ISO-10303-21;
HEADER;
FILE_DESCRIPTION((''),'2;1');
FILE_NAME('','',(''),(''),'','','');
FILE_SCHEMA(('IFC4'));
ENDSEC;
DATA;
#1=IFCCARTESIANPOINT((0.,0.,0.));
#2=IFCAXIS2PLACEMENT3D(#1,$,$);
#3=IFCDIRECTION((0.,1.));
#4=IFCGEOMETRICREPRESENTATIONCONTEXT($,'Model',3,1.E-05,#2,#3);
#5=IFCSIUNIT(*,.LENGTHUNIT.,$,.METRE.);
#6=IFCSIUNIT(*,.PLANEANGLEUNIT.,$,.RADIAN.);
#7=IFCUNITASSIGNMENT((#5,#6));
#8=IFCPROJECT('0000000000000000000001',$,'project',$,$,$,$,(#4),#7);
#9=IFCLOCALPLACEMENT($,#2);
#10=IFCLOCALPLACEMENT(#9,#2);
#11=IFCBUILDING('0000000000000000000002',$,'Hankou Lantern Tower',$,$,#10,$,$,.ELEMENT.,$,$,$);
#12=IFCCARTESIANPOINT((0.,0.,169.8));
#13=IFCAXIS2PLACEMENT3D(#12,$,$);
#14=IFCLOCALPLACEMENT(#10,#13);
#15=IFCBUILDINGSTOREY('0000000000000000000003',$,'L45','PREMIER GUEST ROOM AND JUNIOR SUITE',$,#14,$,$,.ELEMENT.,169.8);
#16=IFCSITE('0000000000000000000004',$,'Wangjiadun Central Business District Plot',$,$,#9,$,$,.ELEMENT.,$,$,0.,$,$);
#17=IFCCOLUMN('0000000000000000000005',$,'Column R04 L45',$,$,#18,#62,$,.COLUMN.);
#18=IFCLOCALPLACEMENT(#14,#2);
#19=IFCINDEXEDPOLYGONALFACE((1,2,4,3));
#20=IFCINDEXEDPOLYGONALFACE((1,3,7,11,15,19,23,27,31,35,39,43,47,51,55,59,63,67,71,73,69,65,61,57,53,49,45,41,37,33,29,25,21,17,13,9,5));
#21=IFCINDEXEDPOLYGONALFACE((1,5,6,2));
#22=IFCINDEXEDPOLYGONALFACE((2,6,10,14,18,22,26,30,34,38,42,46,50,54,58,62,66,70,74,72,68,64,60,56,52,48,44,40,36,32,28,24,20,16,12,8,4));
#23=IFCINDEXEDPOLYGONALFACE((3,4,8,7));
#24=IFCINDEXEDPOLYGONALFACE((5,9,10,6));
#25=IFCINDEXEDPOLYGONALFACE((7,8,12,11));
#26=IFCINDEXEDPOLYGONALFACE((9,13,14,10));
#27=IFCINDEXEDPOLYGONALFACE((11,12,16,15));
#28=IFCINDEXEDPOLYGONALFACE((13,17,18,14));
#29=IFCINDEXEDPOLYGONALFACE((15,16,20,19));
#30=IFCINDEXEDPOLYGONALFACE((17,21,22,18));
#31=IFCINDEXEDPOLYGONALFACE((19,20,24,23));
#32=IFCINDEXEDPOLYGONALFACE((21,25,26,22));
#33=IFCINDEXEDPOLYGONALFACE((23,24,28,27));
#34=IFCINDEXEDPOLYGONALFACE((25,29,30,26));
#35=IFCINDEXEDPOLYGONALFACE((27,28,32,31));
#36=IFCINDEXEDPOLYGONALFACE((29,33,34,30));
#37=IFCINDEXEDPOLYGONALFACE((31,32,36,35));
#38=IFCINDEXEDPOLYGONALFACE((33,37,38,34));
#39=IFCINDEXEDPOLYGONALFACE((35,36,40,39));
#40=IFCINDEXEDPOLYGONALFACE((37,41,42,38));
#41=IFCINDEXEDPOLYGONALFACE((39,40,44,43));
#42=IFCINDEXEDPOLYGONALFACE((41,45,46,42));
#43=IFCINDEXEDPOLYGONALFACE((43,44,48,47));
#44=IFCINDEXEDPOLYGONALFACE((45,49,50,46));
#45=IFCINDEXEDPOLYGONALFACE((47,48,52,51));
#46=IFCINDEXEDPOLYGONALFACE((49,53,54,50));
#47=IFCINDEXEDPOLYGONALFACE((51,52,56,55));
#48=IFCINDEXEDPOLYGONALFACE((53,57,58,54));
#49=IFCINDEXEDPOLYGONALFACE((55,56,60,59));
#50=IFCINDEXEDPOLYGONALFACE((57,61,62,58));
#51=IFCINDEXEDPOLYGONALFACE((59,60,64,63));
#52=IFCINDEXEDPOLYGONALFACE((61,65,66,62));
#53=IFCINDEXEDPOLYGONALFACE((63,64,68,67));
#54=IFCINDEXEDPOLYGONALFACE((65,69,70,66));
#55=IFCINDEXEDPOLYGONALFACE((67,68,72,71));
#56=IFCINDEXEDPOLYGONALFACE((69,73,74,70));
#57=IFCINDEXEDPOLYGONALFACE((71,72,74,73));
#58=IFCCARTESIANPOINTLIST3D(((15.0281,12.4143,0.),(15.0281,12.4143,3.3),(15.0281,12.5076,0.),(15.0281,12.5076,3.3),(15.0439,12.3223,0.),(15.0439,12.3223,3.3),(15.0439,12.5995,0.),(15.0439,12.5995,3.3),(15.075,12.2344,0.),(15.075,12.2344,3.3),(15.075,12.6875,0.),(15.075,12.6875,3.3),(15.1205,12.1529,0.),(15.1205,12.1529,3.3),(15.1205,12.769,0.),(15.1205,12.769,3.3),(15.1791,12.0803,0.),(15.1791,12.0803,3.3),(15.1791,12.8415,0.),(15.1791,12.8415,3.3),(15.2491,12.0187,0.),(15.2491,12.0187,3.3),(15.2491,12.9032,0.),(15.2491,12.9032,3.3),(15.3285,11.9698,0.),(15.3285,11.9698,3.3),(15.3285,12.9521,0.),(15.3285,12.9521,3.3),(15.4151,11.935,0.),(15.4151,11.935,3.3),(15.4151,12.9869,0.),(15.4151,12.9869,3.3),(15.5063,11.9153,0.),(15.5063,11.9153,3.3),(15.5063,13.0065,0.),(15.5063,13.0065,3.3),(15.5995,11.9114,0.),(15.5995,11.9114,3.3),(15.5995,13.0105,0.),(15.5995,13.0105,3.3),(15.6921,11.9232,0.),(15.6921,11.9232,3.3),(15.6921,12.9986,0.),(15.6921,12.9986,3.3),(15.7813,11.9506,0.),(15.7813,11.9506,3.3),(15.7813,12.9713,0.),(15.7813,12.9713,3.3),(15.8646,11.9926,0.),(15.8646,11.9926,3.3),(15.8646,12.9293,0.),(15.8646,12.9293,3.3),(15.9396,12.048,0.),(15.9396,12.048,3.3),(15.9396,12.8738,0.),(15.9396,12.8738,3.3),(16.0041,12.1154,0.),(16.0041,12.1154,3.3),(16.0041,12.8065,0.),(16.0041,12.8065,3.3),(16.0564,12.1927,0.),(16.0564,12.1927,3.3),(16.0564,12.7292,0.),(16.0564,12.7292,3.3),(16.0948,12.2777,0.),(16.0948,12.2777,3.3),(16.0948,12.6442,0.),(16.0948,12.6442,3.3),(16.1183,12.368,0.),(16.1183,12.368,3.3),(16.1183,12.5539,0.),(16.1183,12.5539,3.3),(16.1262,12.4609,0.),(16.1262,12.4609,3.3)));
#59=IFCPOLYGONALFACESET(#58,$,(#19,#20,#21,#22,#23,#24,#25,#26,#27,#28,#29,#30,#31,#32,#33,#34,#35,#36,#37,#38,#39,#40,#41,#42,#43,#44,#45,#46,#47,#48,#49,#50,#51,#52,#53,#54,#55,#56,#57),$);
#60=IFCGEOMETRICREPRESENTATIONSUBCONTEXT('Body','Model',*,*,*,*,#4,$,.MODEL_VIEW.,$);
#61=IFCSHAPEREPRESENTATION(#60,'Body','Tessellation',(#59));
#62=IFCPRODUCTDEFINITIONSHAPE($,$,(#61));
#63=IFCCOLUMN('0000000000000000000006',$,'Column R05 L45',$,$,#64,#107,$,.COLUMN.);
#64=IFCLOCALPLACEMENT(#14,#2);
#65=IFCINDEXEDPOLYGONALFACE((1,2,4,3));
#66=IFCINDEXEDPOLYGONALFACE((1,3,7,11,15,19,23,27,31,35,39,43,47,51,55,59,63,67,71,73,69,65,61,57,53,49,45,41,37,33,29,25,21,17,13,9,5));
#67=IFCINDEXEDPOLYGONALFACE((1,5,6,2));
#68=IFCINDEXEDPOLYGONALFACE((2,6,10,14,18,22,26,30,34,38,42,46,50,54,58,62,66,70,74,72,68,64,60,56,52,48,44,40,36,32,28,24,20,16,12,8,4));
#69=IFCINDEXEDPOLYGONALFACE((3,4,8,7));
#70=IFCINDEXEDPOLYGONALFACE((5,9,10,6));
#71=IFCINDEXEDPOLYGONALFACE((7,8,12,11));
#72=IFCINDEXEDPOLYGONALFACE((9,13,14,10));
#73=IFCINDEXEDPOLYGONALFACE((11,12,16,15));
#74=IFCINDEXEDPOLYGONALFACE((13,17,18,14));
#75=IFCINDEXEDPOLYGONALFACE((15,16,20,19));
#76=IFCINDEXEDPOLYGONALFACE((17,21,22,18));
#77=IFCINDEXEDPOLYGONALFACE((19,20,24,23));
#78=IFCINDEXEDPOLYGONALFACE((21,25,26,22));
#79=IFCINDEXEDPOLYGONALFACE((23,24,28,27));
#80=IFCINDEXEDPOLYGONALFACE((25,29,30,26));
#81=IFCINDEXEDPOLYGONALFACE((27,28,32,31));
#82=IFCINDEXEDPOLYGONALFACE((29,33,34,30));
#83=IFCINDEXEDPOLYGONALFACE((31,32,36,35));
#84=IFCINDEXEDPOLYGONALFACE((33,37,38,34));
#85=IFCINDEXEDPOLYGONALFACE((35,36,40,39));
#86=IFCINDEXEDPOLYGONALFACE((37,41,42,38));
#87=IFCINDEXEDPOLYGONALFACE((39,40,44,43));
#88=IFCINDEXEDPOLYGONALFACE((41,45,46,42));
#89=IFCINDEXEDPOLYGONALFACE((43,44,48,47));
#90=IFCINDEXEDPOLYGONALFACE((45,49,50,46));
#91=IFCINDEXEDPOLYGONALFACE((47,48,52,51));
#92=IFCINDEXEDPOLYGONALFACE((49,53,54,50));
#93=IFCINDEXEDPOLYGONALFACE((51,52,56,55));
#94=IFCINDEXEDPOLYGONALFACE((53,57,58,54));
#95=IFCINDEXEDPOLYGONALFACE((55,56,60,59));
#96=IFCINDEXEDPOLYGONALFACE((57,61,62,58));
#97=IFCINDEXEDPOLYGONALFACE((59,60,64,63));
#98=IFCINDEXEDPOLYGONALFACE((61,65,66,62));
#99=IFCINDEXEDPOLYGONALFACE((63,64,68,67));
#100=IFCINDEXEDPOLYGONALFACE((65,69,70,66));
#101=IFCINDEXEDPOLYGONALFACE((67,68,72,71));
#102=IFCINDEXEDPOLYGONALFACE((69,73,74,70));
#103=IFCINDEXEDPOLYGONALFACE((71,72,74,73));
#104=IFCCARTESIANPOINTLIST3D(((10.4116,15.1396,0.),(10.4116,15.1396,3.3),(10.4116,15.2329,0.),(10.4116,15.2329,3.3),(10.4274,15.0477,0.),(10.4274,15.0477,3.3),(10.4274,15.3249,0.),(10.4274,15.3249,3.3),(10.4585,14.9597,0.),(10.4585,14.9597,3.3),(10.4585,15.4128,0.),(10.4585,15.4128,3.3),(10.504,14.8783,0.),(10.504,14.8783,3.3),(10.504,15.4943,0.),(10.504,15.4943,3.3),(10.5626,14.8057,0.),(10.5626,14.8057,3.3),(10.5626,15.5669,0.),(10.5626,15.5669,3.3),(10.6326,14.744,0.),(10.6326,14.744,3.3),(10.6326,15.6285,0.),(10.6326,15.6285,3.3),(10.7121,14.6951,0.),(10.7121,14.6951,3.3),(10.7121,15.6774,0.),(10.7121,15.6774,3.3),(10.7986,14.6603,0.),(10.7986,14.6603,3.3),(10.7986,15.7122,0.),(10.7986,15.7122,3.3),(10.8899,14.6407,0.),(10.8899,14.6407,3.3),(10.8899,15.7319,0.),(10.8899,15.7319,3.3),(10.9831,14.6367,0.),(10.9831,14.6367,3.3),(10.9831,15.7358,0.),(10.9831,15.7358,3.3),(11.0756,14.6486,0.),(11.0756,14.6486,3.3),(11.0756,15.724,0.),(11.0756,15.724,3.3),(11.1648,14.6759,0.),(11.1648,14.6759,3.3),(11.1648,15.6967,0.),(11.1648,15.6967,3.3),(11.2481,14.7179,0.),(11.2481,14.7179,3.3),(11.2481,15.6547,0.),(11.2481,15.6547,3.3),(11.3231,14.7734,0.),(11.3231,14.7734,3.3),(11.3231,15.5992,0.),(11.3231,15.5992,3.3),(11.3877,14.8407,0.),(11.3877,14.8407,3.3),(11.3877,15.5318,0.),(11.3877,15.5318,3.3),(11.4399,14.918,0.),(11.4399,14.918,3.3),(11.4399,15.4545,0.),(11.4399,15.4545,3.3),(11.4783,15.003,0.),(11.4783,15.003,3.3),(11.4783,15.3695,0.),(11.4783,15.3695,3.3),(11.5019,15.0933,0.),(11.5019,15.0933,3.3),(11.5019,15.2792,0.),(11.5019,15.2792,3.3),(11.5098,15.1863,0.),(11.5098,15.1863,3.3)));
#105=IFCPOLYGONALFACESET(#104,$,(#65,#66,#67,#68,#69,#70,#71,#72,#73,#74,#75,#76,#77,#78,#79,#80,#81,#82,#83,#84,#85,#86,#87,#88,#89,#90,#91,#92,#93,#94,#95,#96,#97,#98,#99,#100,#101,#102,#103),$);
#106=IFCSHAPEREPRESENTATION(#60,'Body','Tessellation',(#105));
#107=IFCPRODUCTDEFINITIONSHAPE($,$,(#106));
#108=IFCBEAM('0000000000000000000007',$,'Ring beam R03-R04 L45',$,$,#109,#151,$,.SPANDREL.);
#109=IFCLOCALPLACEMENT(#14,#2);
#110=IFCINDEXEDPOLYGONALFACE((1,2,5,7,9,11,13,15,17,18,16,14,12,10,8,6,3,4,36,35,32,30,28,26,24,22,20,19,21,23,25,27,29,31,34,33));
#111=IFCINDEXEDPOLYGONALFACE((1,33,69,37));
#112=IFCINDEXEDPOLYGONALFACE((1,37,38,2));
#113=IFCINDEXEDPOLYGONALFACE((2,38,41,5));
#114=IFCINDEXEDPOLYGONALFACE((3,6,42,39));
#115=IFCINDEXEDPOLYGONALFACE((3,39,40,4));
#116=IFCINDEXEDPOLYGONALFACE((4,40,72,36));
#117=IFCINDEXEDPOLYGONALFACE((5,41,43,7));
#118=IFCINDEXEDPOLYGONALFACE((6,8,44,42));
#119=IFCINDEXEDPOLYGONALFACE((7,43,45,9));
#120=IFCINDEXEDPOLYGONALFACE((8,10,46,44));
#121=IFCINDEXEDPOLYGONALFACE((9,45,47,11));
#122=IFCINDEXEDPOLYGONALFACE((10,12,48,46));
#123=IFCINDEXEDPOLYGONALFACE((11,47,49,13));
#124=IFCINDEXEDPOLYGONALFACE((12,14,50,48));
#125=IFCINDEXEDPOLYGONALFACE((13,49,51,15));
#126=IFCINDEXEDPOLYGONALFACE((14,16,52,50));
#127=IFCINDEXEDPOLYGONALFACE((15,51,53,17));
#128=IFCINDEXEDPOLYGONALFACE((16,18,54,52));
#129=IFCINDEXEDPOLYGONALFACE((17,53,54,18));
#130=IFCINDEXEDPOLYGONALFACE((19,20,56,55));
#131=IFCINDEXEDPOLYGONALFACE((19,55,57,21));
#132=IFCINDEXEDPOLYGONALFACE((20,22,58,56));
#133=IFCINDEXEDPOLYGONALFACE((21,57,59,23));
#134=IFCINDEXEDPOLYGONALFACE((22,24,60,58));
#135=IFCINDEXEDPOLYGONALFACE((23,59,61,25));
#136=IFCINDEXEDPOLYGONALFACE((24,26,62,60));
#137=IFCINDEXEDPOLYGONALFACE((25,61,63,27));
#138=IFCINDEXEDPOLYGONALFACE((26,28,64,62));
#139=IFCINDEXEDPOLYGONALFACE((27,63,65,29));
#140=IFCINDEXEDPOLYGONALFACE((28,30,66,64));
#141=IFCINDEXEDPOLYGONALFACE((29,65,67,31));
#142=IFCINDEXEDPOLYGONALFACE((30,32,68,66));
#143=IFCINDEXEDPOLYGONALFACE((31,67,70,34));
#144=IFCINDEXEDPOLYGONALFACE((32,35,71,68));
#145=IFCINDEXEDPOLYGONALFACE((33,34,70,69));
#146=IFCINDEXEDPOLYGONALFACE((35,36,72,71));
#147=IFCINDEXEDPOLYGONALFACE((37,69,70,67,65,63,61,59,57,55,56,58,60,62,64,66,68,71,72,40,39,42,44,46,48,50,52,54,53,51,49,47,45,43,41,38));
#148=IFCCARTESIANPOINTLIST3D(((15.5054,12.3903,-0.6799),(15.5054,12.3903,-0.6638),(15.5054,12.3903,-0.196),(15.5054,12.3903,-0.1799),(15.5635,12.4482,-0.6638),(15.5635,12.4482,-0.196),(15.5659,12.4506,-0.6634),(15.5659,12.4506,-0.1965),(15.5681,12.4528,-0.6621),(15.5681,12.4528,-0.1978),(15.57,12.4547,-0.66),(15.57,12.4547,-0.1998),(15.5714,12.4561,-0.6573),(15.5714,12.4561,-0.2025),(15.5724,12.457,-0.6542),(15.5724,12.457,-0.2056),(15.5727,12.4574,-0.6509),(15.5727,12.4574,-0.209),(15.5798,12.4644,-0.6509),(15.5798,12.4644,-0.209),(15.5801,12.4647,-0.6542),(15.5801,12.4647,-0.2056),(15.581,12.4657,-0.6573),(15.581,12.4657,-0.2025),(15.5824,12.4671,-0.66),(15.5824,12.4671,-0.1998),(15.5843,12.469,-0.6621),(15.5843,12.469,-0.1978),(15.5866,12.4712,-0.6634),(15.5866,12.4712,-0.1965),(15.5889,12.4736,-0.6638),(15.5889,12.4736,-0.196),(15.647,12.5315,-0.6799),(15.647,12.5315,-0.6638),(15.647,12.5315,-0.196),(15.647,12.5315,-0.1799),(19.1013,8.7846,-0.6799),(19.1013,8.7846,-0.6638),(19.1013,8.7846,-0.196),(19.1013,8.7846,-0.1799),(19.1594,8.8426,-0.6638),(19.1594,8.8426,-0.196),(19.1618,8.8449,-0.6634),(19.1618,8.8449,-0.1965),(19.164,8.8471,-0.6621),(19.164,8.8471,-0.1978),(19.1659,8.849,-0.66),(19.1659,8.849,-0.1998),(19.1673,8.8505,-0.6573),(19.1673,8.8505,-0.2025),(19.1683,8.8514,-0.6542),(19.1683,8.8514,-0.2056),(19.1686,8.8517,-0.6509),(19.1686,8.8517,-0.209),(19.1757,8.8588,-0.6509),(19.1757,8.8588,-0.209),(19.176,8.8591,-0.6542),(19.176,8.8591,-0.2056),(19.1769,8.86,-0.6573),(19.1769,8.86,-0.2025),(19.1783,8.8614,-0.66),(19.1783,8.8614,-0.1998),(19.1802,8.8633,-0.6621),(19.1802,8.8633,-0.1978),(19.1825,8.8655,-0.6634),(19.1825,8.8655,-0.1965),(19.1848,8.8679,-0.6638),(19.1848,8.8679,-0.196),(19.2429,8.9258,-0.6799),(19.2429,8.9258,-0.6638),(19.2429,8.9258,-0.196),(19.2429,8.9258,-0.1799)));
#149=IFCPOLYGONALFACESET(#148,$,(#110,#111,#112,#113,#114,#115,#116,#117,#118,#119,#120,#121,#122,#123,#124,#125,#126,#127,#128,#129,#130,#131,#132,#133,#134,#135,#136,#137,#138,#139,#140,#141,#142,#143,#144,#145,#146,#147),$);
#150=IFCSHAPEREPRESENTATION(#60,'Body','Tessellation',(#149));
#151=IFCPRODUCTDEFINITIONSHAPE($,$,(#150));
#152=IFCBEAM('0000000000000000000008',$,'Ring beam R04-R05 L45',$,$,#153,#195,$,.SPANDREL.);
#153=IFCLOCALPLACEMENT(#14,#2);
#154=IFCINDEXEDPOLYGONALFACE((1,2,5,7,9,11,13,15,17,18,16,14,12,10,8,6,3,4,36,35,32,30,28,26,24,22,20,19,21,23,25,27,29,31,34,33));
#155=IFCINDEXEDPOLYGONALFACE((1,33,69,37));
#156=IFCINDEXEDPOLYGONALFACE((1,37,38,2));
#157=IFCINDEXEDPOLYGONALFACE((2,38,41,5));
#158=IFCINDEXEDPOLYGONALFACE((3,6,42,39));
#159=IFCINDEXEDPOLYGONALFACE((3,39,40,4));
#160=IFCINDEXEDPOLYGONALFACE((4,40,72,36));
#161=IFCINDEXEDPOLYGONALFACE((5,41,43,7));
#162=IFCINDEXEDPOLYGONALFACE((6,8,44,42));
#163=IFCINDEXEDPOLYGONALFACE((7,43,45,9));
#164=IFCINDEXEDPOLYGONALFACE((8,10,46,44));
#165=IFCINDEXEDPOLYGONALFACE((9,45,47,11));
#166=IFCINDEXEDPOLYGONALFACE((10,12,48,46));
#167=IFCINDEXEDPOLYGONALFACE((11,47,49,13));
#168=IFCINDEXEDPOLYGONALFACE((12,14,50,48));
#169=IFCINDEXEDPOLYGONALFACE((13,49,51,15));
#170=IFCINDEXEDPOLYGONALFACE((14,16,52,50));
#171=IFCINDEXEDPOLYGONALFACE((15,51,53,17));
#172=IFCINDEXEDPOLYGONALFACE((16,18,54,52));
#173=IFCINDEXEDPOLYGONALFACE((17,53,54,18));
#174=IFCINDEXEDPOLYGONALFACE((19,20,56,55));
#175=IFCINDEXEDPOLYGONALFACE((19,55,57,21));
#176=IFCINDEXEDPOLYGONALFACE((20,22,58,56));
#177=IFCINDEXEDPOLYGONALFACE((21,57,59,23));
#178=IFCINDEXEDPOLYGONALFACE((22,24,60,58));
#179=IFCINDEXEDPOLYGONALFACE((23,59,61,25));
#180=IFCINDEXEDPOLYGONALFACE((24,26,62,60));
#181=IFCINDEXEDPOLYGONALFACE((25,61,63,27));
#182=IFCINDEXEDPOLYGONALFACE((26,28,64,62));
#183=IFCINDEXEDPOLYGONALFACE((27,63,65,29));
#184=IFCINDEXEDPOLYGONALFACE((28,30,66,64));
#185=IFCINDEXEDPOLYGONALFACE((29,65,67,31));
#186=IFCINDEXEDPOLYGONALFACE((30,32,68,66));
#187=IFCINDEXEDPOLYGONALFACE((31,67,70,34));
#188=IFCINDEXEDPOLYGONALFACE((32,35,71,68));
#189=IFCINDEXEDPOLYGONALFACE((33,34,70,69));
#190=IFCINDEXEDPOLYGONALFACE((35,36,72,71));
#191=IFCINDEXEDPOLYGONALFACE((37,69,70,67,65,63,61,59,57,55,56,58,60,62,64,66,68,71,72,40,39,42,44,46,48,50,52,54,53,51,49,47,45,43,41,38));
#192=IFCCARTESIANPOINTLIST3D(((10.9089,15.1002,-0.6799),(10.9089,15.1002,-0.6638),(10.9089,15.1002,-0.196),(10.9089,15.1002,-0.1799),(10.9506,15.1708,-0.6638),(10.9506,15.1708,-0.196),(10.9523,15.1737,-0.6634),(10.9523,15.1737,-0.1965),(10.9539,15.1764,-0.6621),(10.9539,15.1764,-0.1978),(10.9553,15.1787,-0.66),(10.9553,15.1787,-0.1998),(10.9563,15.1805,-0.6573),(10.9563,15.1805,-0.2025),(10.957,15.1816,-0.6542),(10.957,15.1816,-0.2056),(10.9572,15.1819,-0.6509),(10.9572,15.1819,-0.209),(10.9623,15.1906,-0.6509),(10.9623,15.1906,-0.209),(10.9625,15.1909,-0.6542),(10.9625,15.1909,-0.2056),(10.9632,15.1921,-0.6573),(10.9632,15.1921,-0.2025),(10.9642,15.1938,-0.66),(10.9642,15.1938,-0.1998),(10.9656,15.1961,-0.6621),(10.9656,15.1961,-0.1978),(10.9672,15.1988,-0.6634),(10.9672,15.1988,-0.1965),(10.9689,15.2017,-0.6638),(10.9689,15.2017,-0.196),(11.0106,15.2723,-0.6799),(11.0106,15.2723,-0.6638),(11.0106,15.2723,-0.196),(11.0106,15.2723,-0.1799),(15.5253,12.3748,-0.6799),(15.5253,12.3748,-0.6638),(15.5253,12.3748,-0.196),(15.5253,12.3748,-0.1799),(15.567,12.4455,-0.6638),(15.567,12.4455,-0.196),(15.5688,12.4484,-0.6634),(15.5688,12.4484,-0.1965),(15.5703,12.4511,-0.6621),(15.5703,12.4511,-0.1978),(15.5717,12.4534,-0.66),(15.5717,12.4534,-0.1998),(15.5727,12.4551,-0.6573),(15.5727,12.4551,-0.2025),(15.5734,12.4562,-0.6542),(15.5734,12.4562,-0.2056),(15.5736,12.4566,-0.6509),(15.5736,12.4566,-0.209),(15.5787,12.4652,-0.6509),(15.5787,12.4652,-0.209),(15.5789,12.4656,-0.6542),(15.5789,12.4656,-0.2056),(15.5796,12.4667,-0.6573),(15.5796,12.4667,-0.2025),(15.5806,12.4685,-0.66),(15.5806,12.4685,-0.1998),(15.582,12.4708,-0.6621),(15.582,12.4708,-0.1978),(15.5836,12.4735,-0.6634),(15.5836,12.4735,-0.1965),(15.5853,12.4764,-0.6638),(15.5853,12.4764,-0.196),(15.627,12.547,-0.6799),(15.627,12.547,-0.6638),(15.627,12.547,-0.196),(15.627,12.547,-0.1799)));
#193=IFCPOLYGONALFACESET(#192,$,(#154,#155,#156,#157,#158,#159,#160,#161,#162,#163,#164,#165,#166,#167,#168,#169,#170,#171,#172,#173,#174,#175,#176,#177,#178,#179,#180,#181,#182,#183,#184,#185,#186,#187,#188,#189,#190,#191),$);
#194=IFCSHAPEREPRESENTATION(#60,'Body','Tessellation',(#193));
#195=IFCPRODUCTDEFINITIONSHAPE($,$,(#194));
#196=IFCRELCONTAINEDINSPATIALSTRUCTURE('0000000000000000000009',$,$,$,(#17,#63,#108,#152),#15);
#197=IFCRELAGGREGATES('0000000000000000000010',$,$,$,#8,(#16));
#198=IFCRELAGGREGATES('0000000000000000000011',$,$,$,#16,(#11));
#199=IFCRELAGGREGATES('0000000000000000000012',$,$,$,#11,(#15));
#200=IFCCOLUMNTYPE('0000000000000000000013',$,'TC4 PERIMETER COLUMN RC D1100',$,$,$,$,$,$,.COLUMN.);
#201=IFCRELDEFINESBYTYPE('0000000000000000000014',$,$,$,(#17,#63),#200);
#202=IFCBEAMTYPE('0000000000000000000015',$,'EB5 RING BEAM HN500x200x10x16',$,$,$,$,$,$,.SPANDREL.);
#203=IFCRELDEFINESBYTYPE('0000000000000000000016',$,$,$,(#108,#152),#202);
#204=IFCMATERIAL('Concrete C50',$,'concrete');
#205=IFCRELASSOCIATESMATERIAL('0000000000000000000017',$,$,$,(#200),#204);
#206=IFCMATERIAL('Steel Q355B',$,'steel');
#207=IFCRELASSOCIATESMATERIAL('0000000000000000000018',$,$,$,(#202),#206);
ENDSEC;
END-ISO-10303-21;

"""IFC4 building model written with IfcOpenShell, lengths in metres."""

from ifc_helpers import new_model, si_unit, direction, frame, origin, origin_2d, place, context, subcontext, project, spatial, circle, i_section, extrude, material, material_profile, profile_set, type_object, element, save


model = new_model("IFC4")

# Units and contexts
model_context = context("Model", 3, precision=1e-05, world=origin(), true_north=direction((0.0, 1.0)))
body_context = subcontext(model_context, "Body", "Model", "MODEL_VIEW")
ifc_project = project(units=[si_unit("LENGTHUNIT", "METRE"), si_unit("PLANEANGLEUNIT", "RADIAN")], contexts=[model_context])

# Site, building, storey
site_placement = place(None, origin())
site = spatial("IfcSite", under=ifc_project, at=site_placement, Name="Wangjiadun Central Business District Plot", CompositionType="ELEMENT", RefElevation=0.0)
building_placement = place(site_placement, origin())
building = spatial("IfcBuilding", under=site, at=building_placement, Name="Hankou Lantern Tower", CompositionType="ELEMENT")
storey_placement = place(building_placement, frame((0.0, 0.0, 169.8)))
storey = spatial("IfcBuildingStorey", under=building, at=storey_placement, Name="L45", Description="PREMIER GUEST ROOM AND JUNIOR SUITE", CompositionType="ELEMENT", Elevation=169.8)

# Columns
ifc_material_1 = material(Name="Concrete C50", Category="concrete")
ifc_material_profile_1 = material_profile(ifc_material_1, circle(Radius=0.55, at=origin_2d()), Name="RC D1100")
ifc_profile_set_1 = profile_set([ifc_material_profile_1], Name="Concrete C50")
column_type = type_object("IfcColumnType", Name="TC4 PERIMETER COLUMN RC D1100", PredefinedType="COLUMN", material=ifc_profile_set_1)
for number, where, z_axis, x_axis, name in (
    (1, (15.5762, 12.4609, 0.0), (0.0, 0.0, 1.0), (1.0, 0.0, 0.0), "Column R04 L45"),
    (2, (10.9597, 15.1863, 0.0), (0.0, 0.0, 1.0), (1.0, 0.0, 0.0), "Column R05 L45"),
):
    element("IfcColumn", number, at=place(storey_placement, frame(where, z_axis=z_axis, x_axis=x_axis)), inside=storey, type_object=column_type, Name=name, PredefinedType="COLUMN", context=body_context, shape_type="SweptSolid", body=[
        extrude(circle(Radius=0.55, at=origin_2d()), origin(), (0.0, 0.0, 1.0), 3.3),
    ])

# Beams
ifc_material_2 = material(Name="Steel Q355B", Category="steel")
ifc_material_profile_2 = material_profile(ifc_material_2, i_section(OverallWidth=0.2, OverallDepth=0.5, WebThickness=0.01, FlangeThickness=0.0161, FilletRadius=0.0129, at=origin_2d()), Name="HN500x200x10x16")
ifc_profile_set_2 = profile_set([ifc_material_profile_2], Name="Steel Q355B")
beam_type_1 = type_object("IfcBeamType", Name="EB5 RING BEAM HN500x200x10x16", PredefinedType="SPANDREL", material=ifc_profile_set_2)
beam_1_placement = place(storey_placement, frame((19.1721, 8.8552, -0.4299), z_axis=(-0.706147, 0.708065, 0.0), x_axis=(-0.708065, -0.706147, 0.0)))
element("IfcBeam", 3, at=beam_1_placement, inside=storey, type_object=beam_type_1, Name="Ring beam R03-R04 L45", PredefinedType="SPANDREL", context=body_context, shape_type="SweptSolid", body=[
    extrude(i_section(OverallWidth=0.2, OverallDepth=0.5, WebThickness=0.01, FlangeThickness=0.0161, FilletRadius=0.0129, at=origin_2d()), origin(), (0.0, 0.0, 1.0), 5.0923),
])
beam_2_placement = place(storey_placement, frame((15.5762, 12.4609, -0.4299), z_axis=(-0.861136, 0.508375, 0.0), x_axis=(-0.508375, -0.861136, 0.0)))
element("IfcBeam", 4, at=beam_2_placement, inside=storey, type_object=beam_type_1, Name="Ring beam R04-R05 L45", PredefinedType="SPANDREL", context=body_context, shape_type="SweptSolid", body=[
    extrude(i_section(OverallWidth=0.2, OverallDepth=0.5, WebThickness=0.01, FlangeThickness=0.0161, FilletRadius=0.0129, at=origin_2d()), origin(), (0.0, 0.0, 1.0), 5.3608),
])

save(model, "model.ifc")
